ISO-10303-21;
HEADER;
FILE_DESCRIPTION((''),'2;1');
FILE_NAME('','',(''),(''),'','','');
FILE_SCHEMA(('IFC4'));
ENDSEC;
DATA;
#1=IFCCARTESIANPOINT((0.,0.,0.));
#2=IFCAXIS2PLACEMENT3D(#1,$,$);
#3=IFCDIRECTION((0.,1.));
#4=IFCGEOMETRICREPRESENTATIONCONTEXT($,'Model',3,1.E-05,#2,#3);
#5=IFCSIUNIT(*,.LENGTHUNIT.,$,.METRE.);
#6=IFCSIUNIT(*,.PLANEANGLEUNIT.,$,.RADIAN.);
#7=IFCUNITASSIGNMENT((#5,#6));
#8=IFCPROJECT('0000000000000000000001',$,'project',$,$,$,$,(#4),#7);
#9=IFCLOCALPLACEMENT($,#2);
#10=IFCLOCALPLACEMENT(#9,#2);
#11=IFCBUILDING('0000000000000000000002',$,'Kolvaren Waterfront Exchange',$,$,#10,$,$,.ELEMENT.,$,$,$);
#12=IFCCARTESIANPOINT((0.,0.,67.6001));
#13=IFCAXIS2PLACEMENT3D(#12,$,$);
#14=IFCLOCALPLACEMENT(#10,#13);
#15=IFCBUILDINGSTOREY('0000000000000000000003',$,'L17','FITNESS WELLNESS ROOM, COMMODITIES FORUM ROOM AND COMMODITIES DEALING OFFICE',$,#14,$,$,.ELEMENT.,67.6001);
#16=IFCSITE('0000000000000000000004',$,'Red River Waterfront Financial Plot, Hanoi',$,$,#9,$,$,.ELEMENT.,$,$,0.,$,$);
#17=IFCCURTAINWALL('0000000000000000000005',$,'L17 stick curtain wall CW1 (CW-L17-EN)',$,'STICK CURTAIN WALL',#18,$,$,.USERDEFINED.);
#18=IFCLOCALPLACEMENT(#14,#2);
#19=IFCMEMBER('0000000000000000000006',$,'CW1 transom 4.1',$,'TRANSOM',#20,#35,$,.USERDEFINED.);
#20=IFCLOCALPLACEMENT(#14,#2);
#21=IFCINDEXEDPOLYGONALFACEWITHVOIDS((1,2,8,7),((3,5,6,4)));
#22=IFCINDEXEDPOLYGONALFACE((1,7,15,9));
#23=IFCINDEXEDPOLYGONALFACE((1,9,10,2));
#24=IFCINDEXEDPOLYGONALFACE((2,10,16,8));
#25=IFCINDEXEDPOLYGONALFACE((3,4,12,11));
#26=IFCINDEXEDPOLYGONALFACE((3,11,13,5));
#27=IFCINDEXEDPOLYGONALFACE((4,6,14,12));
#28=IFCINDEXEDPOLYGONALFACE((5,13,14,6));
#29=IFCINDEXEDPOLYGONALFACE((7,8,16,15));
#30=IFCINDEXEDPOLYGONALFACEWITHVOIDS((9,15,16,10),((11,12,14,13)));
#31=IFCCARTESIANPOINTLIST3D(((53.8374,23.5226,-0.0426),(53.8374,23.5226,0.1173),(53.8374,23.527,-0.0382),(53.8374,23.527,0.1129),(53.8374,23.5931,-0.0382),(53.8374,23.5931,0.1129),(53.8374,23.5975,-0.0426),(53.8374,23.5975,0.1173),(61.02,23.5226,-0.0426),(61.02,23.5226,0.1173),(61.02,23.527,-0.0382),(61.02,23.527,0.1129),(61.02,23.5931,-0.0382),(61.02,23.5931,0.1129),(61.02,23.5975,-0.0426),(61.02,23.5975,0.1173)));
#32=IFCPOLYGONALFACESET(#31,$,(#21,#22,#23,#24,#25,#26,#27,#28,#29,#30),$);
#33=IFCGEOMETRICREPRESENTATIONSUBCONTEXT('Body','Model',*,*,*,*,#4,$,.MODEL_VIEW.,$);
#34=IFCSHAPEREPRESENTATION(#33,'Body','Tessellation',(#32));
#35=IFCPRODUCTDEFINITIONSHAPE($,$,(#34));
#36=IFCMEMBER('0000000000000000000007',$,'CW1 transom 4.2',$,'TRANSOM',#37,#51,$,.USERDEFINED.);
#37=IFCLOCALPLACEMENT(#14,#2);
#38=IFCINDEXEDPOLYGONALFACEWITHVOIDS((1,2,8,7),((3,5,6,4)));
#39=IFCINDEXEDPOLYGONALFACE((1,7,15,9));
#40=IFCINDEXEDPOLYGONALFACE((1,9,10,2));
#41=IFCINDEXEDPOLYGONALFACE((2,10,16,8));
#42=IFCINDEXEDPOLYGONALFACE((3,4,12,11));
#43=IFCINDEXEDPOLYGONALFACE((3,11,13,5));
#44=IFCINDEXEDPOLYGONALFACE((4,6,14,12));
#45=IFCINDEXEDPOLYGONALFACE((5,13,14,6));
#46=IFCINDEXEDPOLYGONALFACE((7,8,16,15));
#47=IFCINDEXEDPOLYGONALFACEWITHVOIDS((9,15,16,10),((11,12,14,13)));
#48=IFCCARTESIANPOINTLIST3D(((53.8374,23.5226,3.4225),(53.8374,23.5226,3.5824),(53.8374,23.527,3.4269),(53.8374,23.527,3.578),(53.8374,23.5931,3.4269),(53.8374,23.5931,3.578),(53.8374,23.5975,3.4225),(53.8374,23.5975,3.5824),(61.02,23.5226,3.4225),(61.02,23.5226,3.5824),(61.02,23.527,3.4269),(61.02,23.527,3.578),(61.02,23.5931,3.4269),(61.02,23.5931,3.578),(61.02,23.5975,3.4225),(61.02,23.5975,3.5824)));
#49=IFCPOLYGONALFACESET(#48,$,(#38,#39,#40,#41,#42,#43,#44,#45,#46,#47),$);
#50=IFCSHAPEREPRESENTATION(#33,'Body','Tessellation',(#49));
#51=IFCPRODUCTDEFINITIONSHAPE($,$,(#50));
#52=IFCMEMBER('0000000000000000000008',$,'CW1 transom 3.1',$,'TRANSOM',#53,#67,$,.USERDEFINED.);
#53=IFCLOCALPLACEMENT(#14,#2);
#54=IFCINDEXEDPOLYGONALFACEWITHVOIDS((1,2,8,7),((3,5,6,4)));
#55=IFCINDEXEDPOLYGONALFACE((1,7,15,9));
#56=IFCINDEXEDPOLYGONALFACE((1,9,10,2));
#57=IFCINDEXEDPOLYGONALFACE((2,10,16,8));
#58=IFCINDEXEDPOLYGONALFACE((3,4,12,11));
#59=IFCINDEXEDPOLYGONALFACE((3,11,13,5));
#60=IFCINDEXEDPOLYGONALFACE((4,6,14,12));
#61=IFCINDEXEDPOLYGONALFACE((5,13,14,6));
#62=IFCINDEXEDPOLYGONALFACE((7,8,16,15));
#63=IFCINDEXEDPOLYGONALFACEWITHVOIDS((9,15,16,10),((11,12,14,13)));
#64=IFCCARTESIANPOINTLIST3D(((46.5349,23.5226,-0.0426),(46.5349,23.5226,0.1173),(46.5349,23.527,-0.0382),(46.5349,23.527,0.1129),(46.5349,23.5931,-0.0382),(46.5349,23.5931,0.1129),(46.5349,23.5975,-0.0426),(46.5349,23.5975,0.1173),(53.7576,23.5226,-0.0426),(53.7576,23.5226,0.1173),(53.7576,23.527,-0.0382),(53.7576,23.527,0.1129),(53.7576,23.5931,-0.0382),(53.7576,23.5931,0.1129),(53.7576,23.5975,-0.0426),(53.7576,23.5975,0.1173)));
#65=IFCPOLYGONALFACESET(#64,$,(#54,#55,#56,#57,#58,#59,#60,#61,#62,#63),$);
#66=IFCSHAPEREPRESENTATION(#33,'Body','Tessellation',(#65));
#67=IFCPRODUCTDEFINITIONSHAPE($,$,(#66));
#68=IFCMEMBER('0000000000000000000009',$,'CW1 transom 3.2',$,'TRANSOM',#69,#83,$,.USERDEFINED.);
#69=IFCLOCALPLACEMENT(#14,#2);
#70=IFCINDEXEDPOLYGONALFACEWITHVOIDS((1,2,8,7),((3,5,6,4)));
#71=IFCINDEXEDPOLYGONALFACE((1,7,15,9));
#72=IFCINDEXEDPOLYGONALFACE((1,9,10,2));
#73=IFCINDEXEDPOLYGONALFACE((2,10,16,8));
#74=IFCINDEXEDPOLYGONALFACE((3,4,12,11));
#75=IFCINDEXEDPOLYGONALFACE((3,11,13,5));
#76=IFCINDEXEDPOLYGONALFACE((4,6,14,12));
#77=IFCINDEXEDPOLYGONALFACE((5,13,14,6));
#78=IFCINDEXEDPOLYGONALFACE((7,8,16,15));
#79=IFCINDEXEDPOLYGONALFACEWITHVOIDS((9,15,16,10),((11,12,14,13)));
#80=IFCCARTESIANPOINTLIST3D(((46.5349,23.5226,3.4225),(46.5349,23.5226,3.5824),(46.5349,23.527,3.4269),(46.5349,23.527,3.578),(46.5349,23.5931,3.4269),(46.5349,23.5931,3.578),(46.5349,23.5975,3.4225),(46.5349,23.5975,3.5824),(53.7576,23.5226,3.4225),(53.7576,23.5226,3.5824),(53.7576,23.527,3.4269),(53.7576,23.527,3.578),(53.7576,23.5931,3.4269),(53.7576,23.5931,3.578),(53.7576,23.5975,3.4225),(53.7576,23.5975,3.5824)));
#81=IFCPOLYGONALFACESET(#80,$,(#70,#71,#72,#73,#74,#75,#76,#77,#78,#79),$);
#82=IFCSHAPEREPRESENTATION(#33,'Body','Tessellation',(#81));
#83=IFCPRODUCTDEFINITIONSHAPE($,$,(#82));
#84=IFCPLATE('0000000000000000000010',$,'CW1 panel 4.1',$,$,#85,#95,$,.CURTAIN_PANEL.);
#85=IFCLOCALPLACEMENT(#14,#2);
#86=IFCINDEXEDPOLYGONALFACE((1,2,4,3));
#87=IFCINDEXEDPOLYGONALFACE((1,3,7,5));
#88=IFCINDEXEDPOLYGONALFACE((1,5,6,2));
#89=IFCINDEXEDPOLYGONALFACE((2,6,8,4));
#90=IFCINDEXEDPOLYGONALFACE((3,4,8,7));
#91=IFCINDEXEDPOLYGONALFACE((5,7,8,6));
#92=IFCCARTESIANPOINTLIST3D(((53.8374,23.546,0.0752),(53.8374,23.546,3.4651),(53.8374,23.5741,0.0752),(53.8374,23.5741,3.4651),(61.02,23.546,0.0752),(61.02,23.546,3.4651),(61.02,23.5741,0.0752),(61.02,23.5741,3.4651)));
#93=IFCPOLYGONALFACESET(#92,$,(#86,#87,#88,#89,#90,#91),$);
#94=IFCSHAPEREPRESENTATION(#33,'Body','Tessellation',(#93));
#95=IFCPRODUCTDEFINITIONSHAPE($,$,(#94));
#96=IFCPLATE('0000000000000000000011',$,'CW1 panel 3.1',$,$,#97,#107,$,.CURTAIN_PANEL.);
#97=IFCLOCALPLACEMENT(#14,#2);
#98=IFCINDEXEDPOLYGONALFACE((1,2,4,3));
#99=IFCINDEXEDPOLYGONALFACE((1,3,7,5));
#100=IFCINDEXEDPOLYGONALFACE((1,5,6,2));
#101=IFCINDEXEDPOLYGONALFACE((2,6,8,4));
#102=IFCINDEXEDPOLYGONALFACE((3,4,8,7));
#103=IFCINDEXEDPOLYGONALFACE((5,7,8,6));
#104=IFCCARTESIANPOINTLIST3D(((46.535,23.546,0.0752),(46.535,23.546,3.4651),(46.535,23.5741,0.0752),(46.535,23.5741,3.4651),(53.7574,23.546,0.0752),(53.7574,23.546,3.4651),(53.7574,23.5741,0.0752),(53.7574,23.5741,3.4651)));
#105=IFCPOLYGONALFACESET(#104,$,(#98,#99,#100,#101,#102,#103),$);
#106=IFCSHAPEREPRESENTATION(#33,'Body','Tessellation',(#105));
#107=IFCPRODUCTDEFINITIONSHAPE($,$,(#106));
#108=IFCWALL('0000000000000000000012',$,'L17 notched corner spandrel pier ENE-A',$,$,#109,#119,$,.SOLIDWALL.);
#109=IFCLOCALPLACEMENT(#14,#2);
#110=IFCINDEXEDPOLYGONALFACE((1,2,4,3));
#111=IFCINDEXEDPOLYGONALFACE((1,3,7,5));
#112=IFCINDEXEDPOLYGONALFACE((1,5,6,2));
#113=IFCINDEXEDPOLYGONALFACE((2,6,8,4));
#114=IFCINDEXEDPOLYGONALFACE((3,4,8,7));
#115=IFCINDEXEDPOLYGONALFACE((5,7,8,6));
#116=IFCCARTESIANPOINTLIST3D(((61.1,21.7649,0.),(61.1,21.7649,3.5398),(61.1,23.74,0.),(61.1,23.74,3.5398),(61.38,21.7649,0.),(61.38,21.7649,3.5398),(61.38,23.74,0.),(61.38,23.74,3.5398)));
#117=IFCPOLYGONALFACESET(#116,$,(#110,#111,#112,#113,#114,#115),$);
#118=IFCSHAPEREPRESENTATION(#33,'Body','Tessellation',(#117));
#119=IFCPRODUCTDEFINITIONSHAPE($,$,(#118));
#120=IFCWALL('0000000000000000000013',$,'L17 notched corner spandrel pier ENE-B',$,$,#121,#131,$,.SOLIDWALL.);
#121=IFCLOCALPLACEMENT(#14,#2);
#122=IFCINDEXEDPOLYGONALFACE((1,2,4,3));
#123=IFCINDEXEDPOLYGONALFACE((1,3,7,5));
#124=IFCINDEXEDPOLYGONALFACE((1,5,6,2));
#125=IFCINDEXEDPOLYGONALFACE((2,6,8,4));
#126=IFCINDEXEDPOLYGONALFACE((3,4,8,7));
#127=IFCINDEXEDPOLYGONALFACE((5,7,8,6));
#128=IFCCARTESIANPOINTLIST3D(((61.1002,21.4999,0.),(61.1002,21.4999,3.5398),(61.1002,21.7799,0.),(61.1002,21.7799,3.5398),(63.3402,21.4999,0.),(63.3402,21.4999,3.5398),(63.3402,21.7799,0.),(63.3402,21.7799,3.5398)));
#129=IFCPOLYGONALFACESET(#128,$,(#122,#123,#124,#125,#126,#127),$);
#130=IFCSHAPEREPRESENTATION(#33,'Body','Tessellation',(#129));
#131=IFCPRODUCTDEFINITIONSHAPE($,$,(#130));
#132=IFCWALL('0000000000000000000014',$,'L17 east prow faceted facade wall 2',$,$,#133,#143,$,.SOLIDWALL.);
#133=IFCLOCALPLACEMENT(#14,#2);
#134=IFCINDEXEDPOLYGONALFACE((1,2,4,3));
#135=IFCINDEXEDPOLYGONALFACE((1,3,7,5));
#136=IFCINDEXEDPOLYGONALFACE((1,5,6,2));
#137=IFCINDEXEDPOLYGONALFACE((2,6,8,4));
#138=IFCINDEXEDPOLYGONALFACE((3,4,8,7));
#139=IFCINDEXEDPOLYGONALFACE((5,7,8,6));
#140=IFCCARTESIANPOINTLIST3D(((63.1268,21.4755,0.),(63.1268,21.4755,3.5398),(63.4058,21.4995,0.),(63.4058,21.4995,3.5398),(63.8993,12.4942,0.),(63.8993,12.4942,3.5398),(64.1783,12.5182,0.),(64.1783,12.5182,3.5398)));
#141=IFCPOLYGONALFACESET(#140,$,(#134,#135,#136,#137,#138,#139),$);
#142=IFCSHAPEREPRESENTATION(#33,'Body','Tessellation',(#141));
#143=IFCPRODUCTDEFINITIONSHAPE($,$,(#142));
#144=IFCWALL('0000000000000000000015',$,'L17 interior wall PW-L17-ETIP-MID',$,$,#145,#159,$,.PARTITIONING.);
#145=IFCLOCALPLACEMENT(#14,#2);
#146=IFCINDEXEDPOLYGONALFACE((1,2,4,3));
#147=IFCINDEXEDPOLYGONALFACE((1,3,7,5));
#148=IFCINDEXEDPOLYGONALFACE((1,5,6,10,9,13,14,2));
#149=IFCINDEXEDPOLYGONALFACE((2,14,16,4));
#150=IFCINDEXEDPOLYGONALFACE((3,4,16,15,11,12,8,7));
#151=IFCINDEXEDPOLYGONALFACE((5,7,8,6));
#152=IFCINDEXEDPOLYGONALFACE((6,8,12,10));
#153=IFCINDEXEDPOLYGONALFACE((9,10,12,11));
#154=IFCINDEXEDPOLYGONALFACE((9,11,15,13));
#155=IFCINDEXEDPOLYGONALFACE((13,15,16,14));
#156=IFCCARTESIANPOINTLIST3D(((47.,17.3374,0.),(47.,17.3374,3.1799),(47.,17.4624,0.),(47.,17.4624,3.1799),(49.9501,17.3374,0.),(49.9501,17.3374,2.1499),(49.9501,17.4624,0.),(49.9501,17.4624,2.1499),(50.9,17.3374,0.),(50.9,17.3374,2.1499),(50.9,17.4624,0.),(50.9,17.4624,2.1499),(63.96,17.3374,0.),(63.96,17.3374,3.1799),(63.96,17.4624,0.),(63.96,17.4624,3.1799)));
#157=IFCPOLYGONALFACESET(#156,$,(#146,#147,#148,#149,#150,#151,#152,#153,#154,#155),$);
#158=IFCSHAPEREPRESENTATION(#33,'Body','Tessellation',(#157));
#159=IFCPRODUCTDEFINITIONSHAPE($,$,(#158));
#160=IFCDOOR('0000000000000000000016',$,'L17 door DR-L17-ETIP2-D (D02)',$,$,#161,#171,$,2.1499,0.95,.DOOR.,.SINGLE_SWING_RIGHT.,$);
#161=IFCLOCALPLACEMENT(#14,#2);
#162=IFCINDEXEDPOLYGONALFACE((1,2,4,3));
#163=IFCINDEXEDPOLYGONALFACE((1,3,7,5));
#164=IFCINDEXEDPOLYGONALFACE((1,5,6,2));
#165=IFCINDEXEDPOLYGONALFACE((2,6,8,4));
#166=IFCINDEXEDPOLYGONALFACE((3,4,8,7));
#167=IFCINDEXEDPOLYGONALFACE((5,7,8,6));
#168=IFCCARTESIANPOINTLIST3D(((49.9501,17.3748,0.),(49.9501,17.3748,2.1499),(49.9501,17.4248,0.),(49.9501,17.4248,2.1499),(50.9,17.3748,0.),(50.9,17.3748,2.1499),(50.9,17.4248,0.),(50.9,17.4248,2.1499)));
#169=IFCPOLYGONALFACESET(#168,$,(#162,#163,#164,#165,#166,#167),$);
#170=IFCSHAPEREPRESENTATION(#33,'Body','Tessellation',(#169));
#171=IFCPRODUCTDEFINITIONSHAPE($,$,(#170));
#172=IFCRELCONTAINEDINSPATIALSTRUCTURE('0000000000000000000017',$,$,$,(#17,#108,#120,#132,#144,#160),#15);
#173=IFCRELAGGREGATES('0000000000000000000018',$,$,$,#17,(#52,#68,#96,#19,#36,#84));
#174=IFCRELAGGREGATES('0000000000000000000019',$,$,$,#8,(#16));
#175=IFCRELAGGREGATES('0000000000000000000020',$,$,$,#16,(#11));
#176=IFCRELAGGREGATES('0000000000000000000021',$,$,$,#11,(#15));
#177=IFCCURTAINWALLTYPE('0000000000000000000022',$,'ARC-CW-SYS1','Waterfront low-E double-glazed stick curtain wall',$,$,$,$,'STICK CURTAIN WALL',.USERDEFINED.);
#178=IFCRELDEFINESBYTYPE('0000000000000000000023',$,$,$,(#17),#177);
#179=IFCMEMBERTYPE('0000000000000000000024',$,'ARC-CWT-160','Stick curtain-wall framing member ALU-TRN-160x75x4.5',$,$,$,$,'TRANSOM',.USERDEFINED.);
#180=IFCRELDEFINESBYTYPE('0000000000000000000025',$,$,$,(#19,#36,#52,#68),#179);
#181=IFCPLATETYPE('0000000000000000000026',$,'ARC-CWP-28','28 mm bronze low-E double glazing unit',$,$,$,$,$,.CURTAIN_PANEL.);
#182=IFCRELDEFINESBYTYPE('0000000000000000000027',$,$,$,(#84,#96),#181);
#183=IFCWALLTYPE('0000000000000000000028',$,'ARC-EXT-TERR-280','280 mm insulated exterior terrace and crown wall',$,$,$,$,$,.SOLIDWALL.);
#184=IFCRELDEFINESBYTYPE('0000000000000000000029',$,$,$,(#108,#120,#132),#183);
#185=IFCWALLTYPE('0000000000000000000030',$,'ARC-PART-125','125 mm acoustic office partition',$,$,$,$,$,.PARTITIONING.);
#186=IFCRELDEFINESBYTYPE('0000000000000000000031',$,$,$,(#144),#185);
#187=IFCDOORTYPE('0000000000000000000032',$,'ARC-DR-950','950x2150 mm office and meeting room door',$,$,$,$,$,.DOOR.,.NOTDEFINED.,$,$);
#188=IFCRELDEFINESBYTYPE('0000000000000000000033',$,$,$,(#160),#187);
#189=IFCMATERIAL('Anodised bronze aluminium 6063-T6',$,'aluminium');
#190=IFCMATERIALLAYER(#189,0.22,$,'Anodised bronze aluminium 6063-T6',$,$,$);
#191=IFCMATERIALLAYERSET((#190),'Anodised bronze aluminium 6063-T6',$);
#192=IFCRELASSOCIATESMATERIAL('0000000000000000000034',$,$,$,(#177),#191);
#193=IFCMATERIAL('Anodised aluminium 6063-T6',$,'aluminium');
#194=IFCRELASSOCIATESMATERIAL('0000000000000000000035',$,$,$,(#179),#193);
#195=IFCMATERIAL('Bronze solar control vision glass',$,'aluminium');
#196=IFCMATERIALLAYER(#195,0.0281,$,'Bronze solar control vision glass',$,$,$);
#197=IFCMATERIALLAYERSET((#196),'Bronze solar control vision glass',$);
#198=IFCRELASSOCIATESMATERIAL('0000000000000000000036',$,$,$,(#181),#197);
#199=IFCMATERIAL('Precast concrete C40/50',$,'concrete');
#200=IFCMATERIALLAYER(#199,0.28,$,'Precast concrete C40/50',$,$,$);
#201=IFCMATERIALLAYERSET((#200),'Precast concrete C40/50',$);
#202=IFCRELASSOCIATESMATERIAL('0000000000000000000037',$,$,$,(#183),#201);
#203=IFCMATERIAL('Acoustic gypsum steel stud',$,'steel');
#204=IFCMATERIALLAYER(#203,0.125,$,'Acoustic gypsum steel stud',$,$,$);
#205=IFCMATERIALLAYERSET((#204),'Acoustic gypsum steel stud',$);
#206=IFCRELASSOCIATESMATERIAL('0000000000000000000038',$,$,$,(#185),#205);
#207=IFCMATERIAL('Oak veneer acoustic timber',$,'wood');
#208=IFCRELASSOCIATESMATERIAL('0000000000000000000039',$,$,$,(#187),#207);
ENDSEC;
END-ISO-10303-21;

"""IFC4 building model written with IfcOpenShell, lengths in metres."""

from ifc_helpers import new_model, si_unit, direction, frame, frame_2d, origin, origin_with_axes, origin_2d, place, context, subcontext, project, spatial, rectangle, hollow_rectangle, extrude, source, transform, mapped, material, layer, layer_set, material_profile, profile_set, type_object, element, fill, aggregate, save


model = new_model("IFC4")

# Units and contexts
model_context = context("Model", 3, precision=1e-05, world=origin(), true_north=direction((0.0, 1.0)))
body_context = subcontext(model_context, "Body", "Model", "MODEL_VIEW")
ifc_project = project(units=[si_unit("LENGTHUNIT", "METRE"), si_unit("PLANEANGLEUNIT", "RADIAN")], contexts=[model_context])

# Site, building, storey
site_placement = place(None, origin())
site = spatial("IfcSite", under=ifc_project, at=site_placement, Name="Red River Waterfront Financial Plot, Hanoi", CompositionType="ELEMENT", RefElevation=0.0)
building_placement = place(site_placement, origin())
building = spatial("IfcBuilding", under=site, at=building_placement, Name="Kolvaren Waterfront Exchange", CompositionType="ELEMENT")
storey_placement = place(building_placement, frame((0.0, 0.0, 67.6001)))
storey = spatial("IfcBuildingStorey", under=building, at=storey_placement, Name="L17", Description="FITNESS WELLNESS ROOM, COMMODITIES FORUM ROOM AND COMMODITIES DEALING OFFICE", CompositionType="ELEMENT", Elevation=67.6001)

# Curtain wall, members, plates
ifc_material_1 = material(Name="Anodised bronze aluminium 6063-T6", Category="aluminium")
ifc_layer_1 = layer(ifc_material_1, 0.22, Name="Anodised bronze aluminium 6063-T6")
ifc_layer_set_1 = layer_set([ifc_layer_1], Name="Anodised bronze aluminium 6063-T6")
curtain_wall_type = type_object("IfcCurtainWallType", Name="ARC-CW-SYS1", Description="Waterfront low-E double-glazed stick curtain wall", ElementType="STICK CURTAIN WALL", PredefinedType="USERDEFINED", material=ifc_layer_set_1)
curtain_wall_placement = place(storey_placement, origin())
curtain_wall = element("IfcCurtainWall", 1, at=curtain_wall_placement, inside=storey, type_object=curtain_wall_type, Name="L17 stick curtain wall CW1 (CW-L17-EN)", ObjectType="STICK CURTAIN WALL", PredefinedType="USERDEFINED")
ifc_material_2 = material(Name="Anodised aluminium 6063-T6", Category="aluminium")
ifc_material_profile_1 = material_profile(ifc_material_2, hollow_rectangle(XDim=0.075, YDim=0.1599, WallThickness=0.0044, at=origin_2d()), Name="ALU-TRN-160x75x4.5")
ifc_profile_set_1 = profile_set([ifc_material_profile_1], Name="Anodised aluminium 6063-T6")
member_type_1 = type_object("IfcMemberType", Name="ARC-CWT-160", Description="Stick curtain-wall framing member ALU-TRN-160x75x4.5", ElementType="TRANSOM", PredefinedType="USERDEFINED", material=ifc_profile_set_1)
shared_shape_1 = source(origin_with_axes(), body_context, "Body", "SweptSolid", [
    extrude(hollow_rectangle(XDim=0.075, YDim=0.1599, WallThickness=0.0044, at=origin_2d()), origin(), (0.0, 0.0, 1.0), 7.1826),
])
member_1_placement = place(storey_placement, frame((53.8374, 23.5601, 0.0374), z_axis=(1.0, 0.0, 0.0), x_axis=(0.0, 1.0, 0.0)))
member_1 = element("IfcMember", 2, at=member_1_placement, type_object=member_type_1, Name="CW1 transom 4.1", ObjectType="TRANSOM", PredefinedType="USERDEFINED", context=body_context, shape_type="MappedRepresentation", body=[
    mapped(shared_shape_1, transform((0.0, 0.0, 0.0), x_axis=(1.0, 0.0, 0.0), y_axis=(0.0, 1.0, 0.0), z_axis=(0.0, 0.0, 1.0), scale=1.0)),
])
member_2_placement = place(storey_placement, frame((53.8374, 23.5601, 3.5024), z_axis=(1.0, 0.0, 0.0), x_axis=(0.0, 1.0, 0.0)))
member_2 = element("IfcMember", 3, at=member_2_placement, type_object=member_type_1, Name="CW1 transom 4.2", ObjectType="TRANSOM", PredefinedType="USERDEFINED", context=body_context, shape_type="MappedRepresentation", body=[
    mapped(shared_shape_1, transform((0.0, 0.0, 0.0), x_axis=(1.0, 0.0, 0.0), y_axis=(0.0, 1.0, 0.0), z_axis=(0.0, 0.0, 1.0), scale=1.0)),
])
shared_shape_2 = source(origin_with_axes(), body_context, "Body", "SweptSolid", [
    extrude(hollow_rectangle(XDim=0.075, YDim=0.1599, WallThickness=0.0044, at=origin_2d()), origin(), (0.0, 0.0, 1.0), 7.2227),
])
member_3_placement = place(storey_placement, frame((46.5349, 23.5601, 0.0374), z_axis=(1.0, 0.0, 0.0), x_axis=(0.0, 1.0, 0.0)))
member_3 = element("IfcMember", 4, at=member_3_placement, type_object=member_type_1, Name="CW1 transom 3.1", ObjectType="TRANSOM", PredefinedType="USERDEFINED", context=body_context, shape_type="MappedRepresentation", body=[
    mapped(shared_shape_2, transform((0.0, 0.0, 0.0), x_axis=(1.0, 0.0, 0.0), y_axis=(0.0, 1.0, 0.0), z_axis=(0.0, 0.0, 1.0), scale=1.0)),
])
member_4_placement = place(storey_placement, frame((46.5349, 23.5601, 3.5024), z_axis=(1.0, 0.0, 0.0), x_axis=(0.0, 1.0, 0.0)))
member_4 = element("IfcMember", 5, at=member_4_placement, type_object=member_type_1, Name="CW1 transom 3.2", ObjectType="TRANSOM", PredefinedType="USERDEFINED", context=body_context, shape_type="MappedRepresentation", body=[
    mapped(shared_shape_2, transform((0.0, 0.0, 0.0), x_axis=(1.0, 0.0, 0.0), y_axis=(0.0, 1.0, 0.0), z_axis=(0.0, 0.0, 1.0), scale=1.0)),
])
ifc_material_3 = material(Name="Bronze solar control vision glass", Category="aluminium")
ifc_layer_2 = layer(ifc_material_3, 0.0281, Name="Bronze solar control vision glass")
ifc_layer_set_2 = layer_set([ifc_layer_2], Name="Bronze solar control vision glass")
plate_type = type_object("IfcPlateType", Name="ARC-CWP-28", Description="28 mm bronze low-E double glazing unit", PredefinedType="CURTAIN_PANEL", material=ifc_layer_set_2)
shared_shape_3 = source(origin_with_axes(), body_context, "Body", "SweptSolid", [
    extrude(rectangle(XDim=7.1826, YDim=0.0281, at=origin_2d()), origin(), (0.0, 0.0, 1.0), 3.3899),
])
plate_1_placement = place(storey_placement, frame((57.4287, 23.5601, 0.0752), z_axis=(0.0, 0.0, 1.0), x_axis=(1.0, 0.0, 0.0)))
plate_1 = element("IfcPlate", 6, at=plate_1_placement, type_object=plate_type, Name="CW1 panel 4.1", PredefinedType="CURTAIN_PANEL", context=body_context, shape_type="MappedRepresentation", body=[
    mapped(shared_shape_3, transform((0.0, 0.0, 0.0), x_axis=(1.0, 0.0, 0.0), y_axis=(0.0, 1.0, 0.0), z_axis=(0.0, 0.0, 1.0), scale=1.0)),
])
shared_shape_4 = source(origin_with_axes(), body_context, "Body", "SweptSolid", [
    extrude(rectangle(XDim=7.2224, YDim=0.0281, at=origin_2d()), origin(), (0.0, 0.0, 1.0), 3.3899),
])
plate_2_placement = place(storey_placement, frame((50.1462, 23.5601, 0.0752), z_axis=(0.0, 0.0, 1.0), x_axis=(1.0, 0.0, 0.0)))
plate_2 = element("IfcPlate", 7, at=plate_2_placement, type_object=plate_type, Name="CW1 panel 3.1", PredefinedType="CURTAIN_PANEL", context=body_context, shape_type="MappedRepresentation", body=[
    mapped(shared_shape_4, transform((0.0, 0.0, 0.0), x_axis=(1.0, 0.0, 0.0), y_axis=(0.0, 1.0, 0.0), z_axis=(0.0, 0.0, 1.0), scale=1.0)),
])
aggregate(curtain_wall, [member_3, member_4, plate_2, member_1, member_2, plate_1])

# Walls
ifc_material_4 = material(Name="Precast concrete C40/50", Category="concrete")
ifc_layer_3 = layer(ifc_material_4, 0.28, Name="Precast concrete C40/50")
ifc_layer_set_3 = layer_set([ifc_layer_3], Name="Precast concrete C40/50")
wall_type_1 = type_object("IfcWallType", Name="ARC-EXT-TERR-280", Description="280 mm insulated exterior terrace and crown wall", PredefinedType="SOLIDWALL", material=ifc_layer_set_3)
wall_1_placement = place(storey_placement, frame((61.24, 21.7649, 0.0), z_axis=(0.0, 0.0, 1.0), x_axis=(0.0, 1.0, 0.0)))
element("IfcWall", 8, at=wall_1_placement, inside=storey, type_object=wall_type_1, Name="L17 notched corner spandrel pier ENE-A", PredefinedType="SOLIDWALL", context=body_context, shape_type="SweptSolid", body=[
    extrude(rectangle(XDim=1.9751, YDim=0.28, at=frame_2d((0.9875, 0.0))), origin(), (0.0, 0.0, 1.0), 3.5398),
])
wall_2_placement = place(storey_placement, frame((61.1001, 21.6399, 0.0), z_axis=(0.0, 0.0, 1.0), x_axis=(1.0, 0.0, 0.0)))
element("IfcWall", 9, at=wall_2_placement, inside=storey, type_object=wall_type_1, Name="L17 notched corner spandrel pier ENE-B", PredefinedType="SOLIDWALL", context=body_context, shape_type="SweptSolid", body=[
    extrude(rectangle(XDim=2.24, YDim=0.28, at=frame_2d((1.1201, 0.0))), origin(), (0.0, 0.0, 1.0), 3.5398),
])
wall_3_placement = place(storey_placement, frame((64.0388, 12.5061, 0.0), z_axis=(0.0, 0.0, 1.0), x_axis=(-0.085692, 0.996322, 0.0)))
element("IfcWall", 10, at=wall_3_placement, inside=storey, type_object=wall_type_1, Name="L17 east prow faceted facade wall 2", PredefinedType="SOLIDWALL", context=body_context, shape_type="SweptSolid", body=[
    extrude(rectangle(XDim=9.0144, YDim=0.28, at=frame_2d((4.5073, 0.0))), origin(), (0.0, 0.0, 1.0), 3.5398),
])

# Wall, opening, door
ifc_material_5 = material(Name="Acoustic gypsum steel stud", Category="steel")
ifc_layer_4 = layer(ifc_material_5, 0.125, Name="Acoustic gypsum steel stud")
ifc_layer_set_4 = layer_set([ifc_layer_4], Name="Acoustic gypsum steel stud")
wall_type_2 = type_object("IfcWallType", Name="ARC-PART-125", Description="125 mm acoustic office partition", PredefinedType="PARTITIONING", material=ifc_layer_set_4)
wall_4_placement = place(storey_placement, frame((47.0, 17.3999, 0.0), z_axis=(0.0, 0.0, 1.0), x_axis=(1.0, 0.0, 0.0)))
wall_4 = element("IfcWall", 11, at=wall_4_placement, inside=storey, type_object=wall_type_2, Name="L17 interior wall PW-L17-ETIP-MID", PredefinedType="PARTITIONING", context=body_context, shape_type="SweptSolid", body=[
    extrude(rectangle(XDim=16.96, YDim=0.125, at=frame_2d((8.48, 0.0))), origin(), (0.0, 0.0, 1.0), 3.1799),
])
opening_placement = place(wall_4_placement, frame((2.95, 0.0, 0.0)))
opening = element("IfcOpeningElement", 12, at=opening_placement, cuts=wall_4, PredefinedType="OPENING", context=body_context, shape_type="SweptSolid", body=[
    extrude(rectangle(XDim=0.95, YDim=2.1499, at=frame_2d((0.4751, 1.075))), frame((0.0, 0.0725, 0.0), z_axis=(0.0, -1.0, 0.0), x_axis=(1.0, 0.0, 0.0)), (0.0, 0.0, 1.0), 0.145),
])
ifc_material_6 = material(Name="Oak veneer acoustic timber", Category="wood")
door_type = type_object("IfcDoorType", Name="ARC-DR-950", Description="950x2150 mm office and meeting room door", OperationType="NOTDEFINED", PredefinedType="DOOR", material=ifc_material_6)
door_placement = place(opening_placement, origin())
door = element("IfcDoor", 13, at=door_placement, inside=storey, type_object=door_type, Name="L17 door DR-L17-ETIP2-D (D02)", OperationType="SINGLE_SWING_RIGHT", OverallHeight=2.1499, OverallWidth=0.95, PredefinedType="DOOR", context=body_context, shape_type="SweptSolid", body=[
    extrude(rectangle(XDim=0.95, YDim=2.1499, at=frame_2d((0.4751, 1.075))), frame((0.0, 0.0249, 0.0), z_axis=(0.0, -1.0, 0.0), x_axis=(1.0, 0.0, 0.0)), (0.0, 0.0, 1.0), 0.05),
])
fill(opening, door)

save(model, "model.ifc")
